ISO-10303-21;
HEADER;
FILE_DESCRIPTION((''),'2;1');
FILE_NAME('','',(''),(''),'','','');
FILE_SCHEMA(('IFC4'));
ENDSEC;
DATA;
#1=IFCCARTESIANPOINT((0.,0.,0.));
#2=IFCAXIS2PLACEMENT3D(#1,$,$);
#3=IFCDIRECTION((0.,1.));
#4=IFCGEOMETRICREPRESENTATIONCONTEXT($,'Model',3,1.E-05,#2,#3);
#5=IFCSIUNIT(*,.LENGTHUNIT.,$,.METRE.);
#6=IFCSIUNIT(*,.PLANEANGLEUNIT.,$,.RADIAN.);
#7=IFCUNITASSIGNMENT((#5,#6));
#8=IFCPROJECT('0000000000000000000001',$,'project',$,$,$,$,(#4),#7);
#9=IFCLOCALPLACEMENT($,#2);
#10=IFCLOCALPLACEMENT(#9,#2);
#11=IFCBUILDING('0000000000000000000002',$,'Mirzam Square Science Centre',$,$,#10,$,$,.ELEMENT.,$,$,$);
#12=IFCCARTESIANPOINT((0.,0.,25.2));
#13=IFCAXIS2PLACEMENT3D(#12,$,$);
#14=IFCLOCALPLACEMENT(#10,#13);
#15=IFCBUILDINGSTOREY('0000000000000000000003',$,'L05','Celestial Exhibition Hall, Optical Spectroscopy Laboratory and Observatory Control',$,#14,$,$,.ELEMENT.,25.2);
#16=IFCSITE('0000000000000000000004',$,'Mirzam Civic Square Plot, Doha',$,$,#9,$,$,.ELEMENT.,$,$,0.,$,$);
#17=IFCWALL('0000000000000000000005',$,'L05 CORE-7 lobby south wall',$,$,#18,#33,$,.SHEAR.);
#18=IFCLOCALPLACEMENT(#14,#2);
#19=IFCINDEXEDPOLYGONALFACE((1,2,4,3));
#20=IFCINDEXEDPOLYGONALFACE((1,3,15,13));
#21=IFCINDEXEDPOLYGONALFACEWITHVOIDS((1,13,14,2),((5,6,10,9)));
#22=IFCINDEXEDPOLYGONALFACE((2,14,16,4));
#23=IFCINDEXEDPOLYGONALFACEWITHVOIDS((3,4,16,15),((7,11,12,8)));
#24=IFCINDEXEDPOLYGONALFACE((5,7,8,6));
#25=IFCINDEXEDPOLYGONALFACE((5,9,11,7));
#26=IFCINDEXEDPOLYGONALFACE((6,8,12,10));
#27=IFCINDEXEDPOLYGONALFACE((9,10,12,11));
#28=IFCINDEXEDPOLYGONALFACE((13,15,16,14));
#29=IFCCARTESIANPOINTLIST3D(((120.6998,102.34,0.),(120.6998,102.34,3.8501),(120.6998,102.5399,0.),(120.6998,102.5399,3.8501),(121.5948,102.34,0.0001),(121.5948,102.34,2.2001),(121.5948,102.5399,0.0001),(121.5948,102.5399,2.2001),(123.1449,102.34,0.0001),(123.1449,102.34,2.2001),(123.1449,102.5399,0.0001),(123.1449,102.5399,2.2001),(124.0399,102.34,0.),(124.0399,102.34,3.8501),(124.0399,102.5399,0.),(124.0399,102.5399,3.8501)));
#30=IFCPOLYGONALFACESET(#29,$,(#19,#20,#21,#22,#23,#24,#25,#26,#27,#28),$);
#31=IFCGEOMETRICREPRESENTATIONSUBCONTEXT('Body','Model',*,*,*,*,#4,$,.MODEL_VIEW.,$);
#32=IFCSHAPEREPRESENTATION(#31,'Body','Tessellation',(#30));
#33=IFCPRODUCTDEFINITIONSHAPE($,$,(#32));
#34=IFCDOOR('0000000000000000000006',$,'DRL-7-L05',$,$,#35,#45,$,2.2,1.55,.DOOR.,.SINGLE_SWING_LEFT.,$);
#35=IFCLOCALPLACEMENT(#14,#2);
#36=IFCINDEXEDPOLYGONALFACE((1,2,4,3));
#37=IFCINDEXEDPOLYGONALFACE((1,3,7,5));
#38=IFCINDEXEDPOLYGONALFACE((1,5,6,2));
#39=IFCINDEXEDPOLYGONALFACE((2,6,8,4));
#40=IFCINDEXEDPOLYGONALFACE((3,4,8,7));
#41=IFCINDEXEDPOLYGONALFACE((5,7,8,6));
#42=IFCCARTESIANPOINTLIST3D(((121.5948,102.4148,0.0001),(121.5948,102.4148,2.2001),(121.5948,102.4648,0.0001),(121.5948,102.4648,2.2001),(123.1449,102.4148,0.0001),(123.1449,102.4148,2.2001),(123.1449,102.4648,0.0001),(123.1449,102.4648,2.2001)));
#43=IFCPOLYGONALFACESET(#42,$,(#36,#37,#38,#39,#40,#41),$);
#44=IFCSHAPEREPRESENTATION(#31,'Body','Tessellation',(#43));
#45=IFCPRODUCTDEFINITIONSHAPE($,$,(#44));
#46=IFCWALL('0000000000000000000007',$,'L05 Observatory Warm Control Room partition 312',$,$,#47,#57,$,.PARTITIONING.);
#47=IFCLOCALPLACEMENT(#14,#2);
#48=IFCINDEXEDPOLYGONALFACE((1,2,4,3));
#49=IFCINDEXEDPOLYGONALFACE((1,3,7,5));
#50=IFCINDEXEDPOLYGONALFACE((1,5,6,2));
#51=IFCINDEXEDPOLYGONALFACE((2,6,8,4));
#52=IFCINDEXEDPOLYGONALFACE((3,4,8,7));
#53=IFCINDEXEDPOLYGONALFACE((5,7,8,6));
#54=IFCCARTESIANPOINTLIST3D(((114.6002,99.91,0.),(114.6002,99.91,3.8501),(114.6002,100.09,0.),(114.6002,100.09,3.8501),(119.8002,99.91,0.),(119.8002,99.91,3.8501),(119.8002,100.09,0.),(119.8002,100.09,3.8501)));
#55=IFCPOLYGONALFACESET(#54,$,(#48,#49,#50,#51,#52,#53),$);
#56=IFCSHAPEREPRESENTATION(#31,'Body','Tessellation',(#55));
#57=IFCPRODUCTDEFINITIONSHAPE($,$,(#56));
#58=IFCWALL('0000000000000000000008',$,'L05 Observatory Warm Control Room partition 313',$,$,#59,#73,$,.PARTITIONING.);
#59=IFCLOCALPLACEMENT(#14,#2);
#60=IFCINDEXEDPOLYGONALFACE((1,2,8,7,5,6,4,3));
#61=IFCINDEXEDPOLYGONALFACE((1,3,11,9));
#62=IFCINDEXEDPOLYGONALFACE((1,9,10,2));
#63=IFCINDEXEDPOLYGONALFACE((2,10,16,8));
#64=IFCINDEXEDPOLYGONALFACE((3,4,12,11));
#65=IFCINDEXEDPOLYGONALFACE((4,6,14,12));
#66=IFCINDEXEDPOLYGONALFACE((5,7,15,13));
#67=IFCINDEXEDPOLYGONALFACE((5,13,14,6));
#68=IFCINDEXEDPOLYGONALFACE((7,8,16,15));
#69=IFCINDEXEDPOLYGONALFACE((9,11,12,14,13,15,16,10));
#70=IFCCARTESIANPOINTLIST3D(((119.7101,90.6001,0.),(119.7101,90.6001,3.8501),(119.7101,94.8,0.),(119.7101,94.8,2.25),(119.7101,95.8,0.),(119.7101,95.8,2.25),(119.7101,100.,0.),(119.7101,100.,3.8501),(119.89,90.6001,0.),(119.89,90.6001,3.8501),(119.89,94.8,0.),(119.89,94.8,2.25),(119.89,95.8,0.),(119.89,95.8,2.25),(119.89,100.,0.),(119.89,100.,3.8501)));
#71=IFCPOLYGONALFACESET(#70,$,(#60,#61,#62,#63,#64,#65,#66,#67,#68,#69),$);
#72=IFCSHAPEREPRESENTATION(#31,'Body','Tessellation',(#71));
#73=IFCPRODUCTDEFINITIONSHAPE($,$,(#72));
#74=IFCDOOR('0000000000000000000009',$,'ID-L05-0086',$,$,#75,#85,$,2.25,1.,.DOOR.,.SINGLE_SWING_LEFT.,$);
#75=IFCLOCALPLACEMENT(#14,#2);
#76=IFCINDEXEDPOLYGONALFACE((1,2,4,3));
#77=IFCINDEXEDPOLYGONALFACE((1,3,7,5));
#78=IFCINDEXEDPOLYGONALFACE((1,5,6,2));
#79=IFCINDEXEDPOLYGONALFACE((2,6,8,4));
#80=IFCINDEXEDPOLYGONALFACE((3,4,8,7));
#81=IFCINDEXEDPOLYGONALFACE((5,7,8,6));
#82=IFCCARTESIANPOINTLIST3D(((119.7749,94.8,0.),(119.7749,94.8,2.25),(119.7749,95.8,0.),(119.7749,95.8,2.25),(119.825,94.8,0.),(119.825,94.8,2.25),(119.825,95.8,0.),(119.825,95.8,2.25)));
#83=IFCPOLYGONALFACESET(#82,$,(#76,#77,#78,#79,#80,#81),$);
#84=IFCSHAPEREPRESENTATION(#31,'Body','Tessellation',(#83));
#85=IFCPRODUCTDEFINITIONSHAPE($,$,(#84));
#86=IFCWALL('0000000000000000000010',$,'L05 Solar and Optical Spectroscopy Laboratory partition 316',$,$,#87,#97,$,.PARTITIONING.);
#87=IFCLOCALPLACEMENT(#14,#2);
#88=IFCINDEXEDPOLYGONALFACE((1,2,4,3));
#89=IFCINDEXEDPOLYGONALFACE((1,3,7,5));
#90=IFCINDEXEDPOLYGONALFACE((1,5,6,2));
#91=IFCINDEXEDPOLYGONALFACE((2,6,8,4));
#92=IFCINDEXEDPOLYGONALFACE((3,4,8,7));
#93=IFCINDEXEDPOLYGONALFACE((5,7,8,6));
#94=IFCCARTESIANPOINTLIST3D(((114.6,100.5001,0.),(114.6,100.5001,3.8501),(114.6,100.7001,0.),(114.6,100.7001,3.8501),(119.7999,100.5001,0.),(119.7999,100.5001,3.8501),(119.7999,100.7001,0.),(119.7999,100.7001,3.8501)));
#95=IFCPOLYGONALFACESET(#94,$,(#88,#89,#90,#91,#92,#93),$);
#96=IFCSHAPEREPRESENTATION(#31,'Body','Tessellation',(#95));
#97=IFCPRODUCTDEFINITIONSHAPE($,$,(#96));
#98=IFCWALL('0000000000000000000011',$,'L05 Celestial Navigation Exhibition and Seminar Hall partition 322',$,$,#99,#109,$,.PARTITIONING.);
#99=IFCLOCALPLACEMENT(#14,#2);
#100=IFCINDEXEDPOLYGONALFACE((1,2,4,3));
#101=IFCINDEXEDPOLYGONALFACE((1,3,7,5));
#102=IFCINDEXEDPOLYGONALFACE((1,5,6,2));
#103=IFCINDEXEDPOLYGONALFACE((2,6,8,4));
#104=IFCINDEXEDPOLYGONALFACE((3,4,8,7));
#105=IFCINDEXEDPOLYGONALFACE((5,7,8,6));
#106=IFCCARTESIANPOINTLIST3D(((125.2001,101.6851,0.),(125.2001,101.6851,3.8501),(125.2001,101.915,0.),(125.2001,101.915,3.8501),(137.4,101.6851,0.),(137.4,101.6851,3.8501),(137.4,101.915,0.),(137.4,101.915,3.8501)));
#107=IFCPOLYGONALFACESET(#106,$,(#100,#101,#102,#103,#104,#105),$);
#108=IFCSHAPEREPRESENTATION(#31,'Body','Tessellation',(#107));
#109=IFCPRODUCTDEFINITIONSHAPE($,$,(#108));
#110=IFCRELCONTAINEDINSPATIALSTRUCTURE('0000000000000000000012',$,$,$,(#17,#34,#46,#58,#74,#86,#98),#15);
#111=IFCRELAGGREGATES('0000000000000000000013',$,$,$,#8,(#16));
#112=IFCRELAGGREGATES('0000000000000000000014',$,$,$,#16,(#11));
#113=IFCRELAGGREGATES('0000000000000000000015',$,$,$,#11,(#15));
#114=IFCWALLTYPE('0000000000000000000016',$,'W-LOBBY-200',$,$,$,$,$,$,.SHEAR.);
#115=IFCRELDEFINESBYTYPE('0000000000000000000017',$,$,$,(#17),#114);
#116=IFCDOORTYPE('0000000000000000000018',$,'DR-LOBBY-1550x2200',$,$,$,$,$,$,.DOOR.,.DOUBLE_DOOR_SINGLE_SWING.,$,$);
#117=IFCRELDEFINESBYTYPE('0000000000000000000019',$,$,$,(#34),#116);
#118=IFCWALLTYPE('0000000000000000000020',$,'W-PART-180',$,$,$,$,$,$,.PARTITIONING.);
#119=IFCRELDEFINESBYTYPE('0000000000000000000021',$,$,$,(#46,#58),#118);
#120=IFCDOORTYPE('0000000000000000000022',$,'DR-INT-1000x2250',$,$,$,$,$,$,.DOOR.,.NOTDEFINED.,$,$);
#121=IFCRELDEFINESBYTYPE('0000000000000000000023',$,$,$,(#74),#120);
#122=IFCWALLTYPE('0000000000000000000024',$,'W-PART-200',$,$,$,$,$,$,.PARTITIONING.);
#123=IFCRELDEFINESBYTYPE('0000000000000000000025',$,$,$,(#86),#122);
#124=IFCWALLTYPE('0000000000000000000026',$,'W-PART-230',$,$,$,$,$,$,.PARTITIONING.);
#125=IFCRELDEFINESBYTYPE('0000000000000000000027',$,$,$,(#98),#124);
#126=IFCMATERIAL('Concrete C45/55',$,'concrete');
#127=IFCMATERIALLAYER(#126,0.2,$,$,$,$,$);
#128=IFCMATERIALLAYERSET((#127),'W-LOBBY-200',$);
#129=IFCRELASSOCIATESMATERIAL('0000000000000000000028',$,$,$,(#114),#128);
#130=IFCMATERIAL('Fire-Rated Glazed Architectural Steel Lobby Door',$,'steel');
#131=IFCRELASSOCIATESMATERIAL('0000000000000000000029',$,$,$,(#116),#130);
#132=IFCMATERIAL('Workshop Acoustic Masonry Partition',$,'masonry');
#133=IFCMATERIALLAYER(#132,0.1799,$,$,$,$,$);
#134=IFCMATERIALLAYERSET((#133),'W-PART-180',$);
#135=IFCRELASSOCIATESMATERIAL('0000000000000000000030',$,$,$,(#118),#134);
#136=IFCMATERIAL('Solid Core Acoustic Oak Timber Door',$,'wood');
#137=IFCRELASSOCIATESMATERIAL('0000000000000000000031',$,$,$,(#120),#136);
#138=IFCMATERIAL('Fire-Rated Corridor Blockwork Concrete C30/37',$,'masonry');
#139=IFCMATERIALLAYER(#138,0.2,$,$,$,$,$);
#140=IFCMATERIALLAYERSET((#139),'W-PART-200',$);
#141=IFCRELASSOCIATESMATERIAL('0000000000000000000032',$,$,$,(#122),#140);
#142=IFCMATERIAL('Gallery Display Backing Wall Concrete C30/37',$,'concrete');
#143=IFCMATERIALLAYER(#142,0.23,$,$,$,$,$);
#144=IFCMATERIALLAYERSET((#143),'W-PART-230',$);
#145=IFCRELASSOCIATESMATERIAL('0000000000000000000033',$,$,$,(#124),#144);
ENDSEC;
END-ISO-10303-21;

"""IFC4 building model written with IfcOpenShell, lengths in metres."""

from ifc_helpers import new_model, si_unit, direction, frame, frame_2d, origin, place, context, subcontext, project, spatial, rectangle, extrude, material, layer, layer_set, type_object, element, fill, save


model = new_model("IFC4")

# Units and contexts
model_context = context("Model", 3, precision=1e-05, world=origin(), true_north=direction((0.0, 1.0)))
body_context = subcontext(model_context, "Body", "Model", "MODEL_VIEW")
ifc_project = project(units=[si_unit("LENGTHUNIT", "METRE"), si_unit("PLANEANGLEUNIT", "RADIAN")], contexts=[model_context])

# Site, building, storey
site_placement = place(None, origin())
site = spatial("IfcSite", under=ifc_project, at=site_placement, Name="Mirzam Civic Square Plot, Doha", CompositionType="ELEMENT", RefElevation=0.0)
building_placement = place(site_placement, origin())
building = spatial("IfcBuilding", under=site, at=building_placement, Name="Mirzam Square Science Centre", CompositionType="ELEMENT")
storey_placement = place(building_placement, frame((0.0, 0.0, 25.2)))
storey = spatial("IfcBuildingStorey", under=building, at=storey_placement, Name="L05", Description="Celestial Exhibition Hall, Optical Spectroscopy Laboratory and Observatory Control", CompositionType="ELEMENT", Elevation=25.2)

# Shared definitions
ifc_material_1 = material(Name="Concrete C45/55", Category="concrete")

# Wall, opening, door
ifc_layer_1 = layer(ifc_material_1, 0.2)
ifc_layer_set_1 = layer_set([ifc_layer_1], Name="W-LOBBY-200")
wall_type_1 = type_object("IfcWallType", Name="W-LOBBY-200", PredefinedType="SHEAR", material=ifc_layer_set_1)
wall_1_placement = place(storey_placement, frame((120.7, 102.4399, 0.0), z_axis=(0.0, 0.0, 1.0), x_axis=(1.0, 0.0, 0.0)))
wall_1 = element("IfcWall", 1, at=wall_1_placement, inside=storey, type_object=wall_type_1, Name="L05 CORE-7 lobby south wall", PredefinedType="SHEAR", context=body_context, shape_type="SweptSolid", body=[
    extrude(rectangle(XDim=3.3401, YDim=0.2, at=frame_2d((1.6699, 0.0))), origin(), (0.0, 0.0, 1.0), 3.8501),
])
opening_1_placement = place(wall_1_placement, frame((0.895, 0.0, 0.0)))
opening_1 = element("IfcOpeningElement", 2, at=opening_1_placement, cuts=wall_1, PredefinedType="OPENING", context=body_context, shape_type="SweptSolid", body=[
    extrude(rectangle(XDim=1.55, YDim=2.2, at=frame_2d((0.7749, 1.1001))), frame((0.0, 0.1099, 0.0), z_axis=(0.0, -1.0, 0.0), x_axis=(1.0, 0.0, 0.0)), (0.0, 0.0, 1.0), 0.22),
])
ifc_material_2 = material(Name="Fire-Rated Glazed Architectural Steel Lobby Door", Category="steel")
door_type_1 = type_object("IfcDoorType", Name="DR-LOBBY-1550x2200", OperationType="DOUBLE_DOOR_SINGLE_SWING", PredefinedType="DOOR", material=ifc_material_2)
door_1_placement = place(opening_1_placement, origin())
door_1 = element("IfcDoor", 3, at=door_1_placement, inside=storey, type_object=door_type_1, Name="DRL-7-L05", OperationType="SINGLE_SWING_LEFT", OverallHeight=2.2, OverallWidth=1.55, PredefinedType="DOOR", context=body_context, shape_type="SweptSolid", body=[
    extrude(rectangle(XDim=1.55, YDim=2.2, at=frame_2d((0.7749, 1.1001))), frame((0.0, 0.0249, 0.0), z_axis=(0.0, -1.0, 0.0), x_axis=(1.0, 0.0, 0.0)), (0.0, 0.0, 1.0), 0.05),
])
fill(opening_1, door_1)

# Wall
ifc_material_3 = material(Name="Workshop Acoustic Masonry Partition", Category="masonry")
ifc_layer_2 = layer(ifc_material_3, 0.1799)
ifc_layer_set_2 = layer_set([ifc_layer_2], Name="W-PART-180")
wall_type_2 = type_object("IfcWallType", Name="W-PART-180", PredefinedType="PARTITIONING", material=ifc_layer_set_2)
wall_2_placement = place(storey_placement, frame((114.6001, 100.0, 0.0), z_axis=(0.0, 0.0, 1.0), x_axis=(1.0, 0.0, 0.0)))
element("IfcWall", 4, at=wall_2_placement, inside=storey, type_object=wall_type_2, Name="L05 Observatory Warm Control Room partition 312", PredefinedType="PARTITIONING", context=body_context, shape_type="SweptSolid", body=[
    extrude(rectangle(XDim=5.2, YDim=0.1799, at=frame_2d((2.6001, 0.0))), origin(), (0.0, 0.0, 1.0), 3.8501),
])

# Wall, opening, door
wall_3_placement = place(storey_placement, frame((119.8, 100.0, 0.0), z_axis=(0.0, 0.0, 1.0), x_axis=(0.0, -1.0, 0.0)))
wall_3 = element("IfcWall", 5, at=wall_3_placement, inside=storey, type_object=wall_type_2, Name="L05 Observatory Warm Control Room partition 313", PredefinedType="PARTITIONING", context=body_context, shape_type="SweptSolid", body=[
    extrude(rectangle(XDim=9.3999, YDim=0.1799, at=frame_2d((4.7, 0.0))), origin(), (0.0, 0.0, 1.0), 3.8501),
])
opening_2_placement = place(wall_3_placement, frame((4.2, 0.0, 0.0)))
opening_2 = element("IfcOpeningElement", 6, at=opening_2_placement, cuts=wall_3, PredefinedType="OPENING", context=body_context, shape_type="SweptSolid", body=[
    extrude(rectangle(XDim=1.0, YDim=2.25, at=frame_2d((0.5, 1.125))), frame((0.0, 0.0999, 0.0), z_axis=(0.0, -1.0, 0.0), x_axis=(1.0, 0.0, 0.0)), (0.0, 0.0, 1.0), 0.2),
])
ifc_material_4 = material(Name="Solid Core Acoustic Oak Timber Door", Category="wood")
door_type_2 = type_object("IfcDoorType", Name="DR-INT-1000x2250", OperationType="NOTDEFINED", PredefinedType="DOOR", material=ifc_material_4)
door_2_placement = place(opening_2_placement, origin())
door_2 = element("IfcDoor", 7, at=door_2_placement, inside=storey, type_object=door_type_2, Name="ID-L05-0086", OperationType="SINGLE_SWING_LEFT", OverallHeight=2.25, OverallWidth=1.0, PredefinedType="DOOR", context=body_context, shape_type="SweptSolid", body=[
    extrude(rectangle(XDim=1.0, YDim=2.25, at=frame_2d((0.5, 1.125))), frame((0.0, 0.0249, 0.0), z_axis=(0.0, -1.0, 0.0), x_axis=(1.0, 0.0, 0.0)), (0.0, 0.0, 1.0), 0.05),
])
fill(opening_2, door_2)

# Walls
ifc_material_5 = material(Name="Fire-Rated Corridor Blockwork Concrete C30/37", Category="masonry")
ifc_layer_3 = layer(ifc_material_5, 0.2)
ifc_layer_set_3 = layer_set([ifc_layer_3], Name="W-PART-200")
wall_type_3 = type_object("IfcWallType", Name="W-PART-200", PredefinedType="PARTITIONING", material=ifc_layer_set_3)
wall_4_placement = place(storey_placement, frame((119.8, 100.6001, 0.0), z_axis=(0.0, 0.0, 1.0), x_axis=(-1.0, 0.0, 0.0)))
element("IfcWall", 8, at=wall_4_placement, inside=storey, type_object=wall_type_3, Name="L05 Solar and Optical Spectroscopy Laboratory partition 316", PredefinedType="PARTITIONING", context=body_context, shape_type="SweptSolid", body=[
    extrude(rectangle(XDim=5.2, YDim=0.2, at=frame_2d((2.6001, 0.0))), origin(), (0.0, 0.0, 1.0), 3.8501),
])
ifc_material_6 = material(Name="Gallery Display Backing Wall Concrete C30/37", Category="concrete")
ifc_layer_4 = layer(ifc_material_6, 0.23)
ifc_layer_set_4 = layer_set([ifc_layer_4], Name="W-PART-230")
wall_type_4 = type_object("IfcWallType", Name="W-PART-230", PredefinedType="PARTITIONING", material=ifc_layer_set_4)
wall_5_placement = place(storey_placement, frame((125.2, 101.8, 0.0), z_axis=(0.0, 0.0, 1.0), x_axis=(1.0, 0.0, 0.0)))
element("IfcWall", 9, at=wall_5_placement, inside=storey, type_object=wall_type_4, Name="L05 Celestial Navigation Exhibition and Seminar Hall partition 322", PredefinedType="PARTITIONING", context=body_context, shape_type="SweptSolid", body=[
    extrude(rectangle(XDim=12.2, YDim=0.23, at=frame_2d((6.1001, 0.0))), origin(), (0.0, 0.0, 1.0), 3.8501),
])

save(model, "model.ifc")
